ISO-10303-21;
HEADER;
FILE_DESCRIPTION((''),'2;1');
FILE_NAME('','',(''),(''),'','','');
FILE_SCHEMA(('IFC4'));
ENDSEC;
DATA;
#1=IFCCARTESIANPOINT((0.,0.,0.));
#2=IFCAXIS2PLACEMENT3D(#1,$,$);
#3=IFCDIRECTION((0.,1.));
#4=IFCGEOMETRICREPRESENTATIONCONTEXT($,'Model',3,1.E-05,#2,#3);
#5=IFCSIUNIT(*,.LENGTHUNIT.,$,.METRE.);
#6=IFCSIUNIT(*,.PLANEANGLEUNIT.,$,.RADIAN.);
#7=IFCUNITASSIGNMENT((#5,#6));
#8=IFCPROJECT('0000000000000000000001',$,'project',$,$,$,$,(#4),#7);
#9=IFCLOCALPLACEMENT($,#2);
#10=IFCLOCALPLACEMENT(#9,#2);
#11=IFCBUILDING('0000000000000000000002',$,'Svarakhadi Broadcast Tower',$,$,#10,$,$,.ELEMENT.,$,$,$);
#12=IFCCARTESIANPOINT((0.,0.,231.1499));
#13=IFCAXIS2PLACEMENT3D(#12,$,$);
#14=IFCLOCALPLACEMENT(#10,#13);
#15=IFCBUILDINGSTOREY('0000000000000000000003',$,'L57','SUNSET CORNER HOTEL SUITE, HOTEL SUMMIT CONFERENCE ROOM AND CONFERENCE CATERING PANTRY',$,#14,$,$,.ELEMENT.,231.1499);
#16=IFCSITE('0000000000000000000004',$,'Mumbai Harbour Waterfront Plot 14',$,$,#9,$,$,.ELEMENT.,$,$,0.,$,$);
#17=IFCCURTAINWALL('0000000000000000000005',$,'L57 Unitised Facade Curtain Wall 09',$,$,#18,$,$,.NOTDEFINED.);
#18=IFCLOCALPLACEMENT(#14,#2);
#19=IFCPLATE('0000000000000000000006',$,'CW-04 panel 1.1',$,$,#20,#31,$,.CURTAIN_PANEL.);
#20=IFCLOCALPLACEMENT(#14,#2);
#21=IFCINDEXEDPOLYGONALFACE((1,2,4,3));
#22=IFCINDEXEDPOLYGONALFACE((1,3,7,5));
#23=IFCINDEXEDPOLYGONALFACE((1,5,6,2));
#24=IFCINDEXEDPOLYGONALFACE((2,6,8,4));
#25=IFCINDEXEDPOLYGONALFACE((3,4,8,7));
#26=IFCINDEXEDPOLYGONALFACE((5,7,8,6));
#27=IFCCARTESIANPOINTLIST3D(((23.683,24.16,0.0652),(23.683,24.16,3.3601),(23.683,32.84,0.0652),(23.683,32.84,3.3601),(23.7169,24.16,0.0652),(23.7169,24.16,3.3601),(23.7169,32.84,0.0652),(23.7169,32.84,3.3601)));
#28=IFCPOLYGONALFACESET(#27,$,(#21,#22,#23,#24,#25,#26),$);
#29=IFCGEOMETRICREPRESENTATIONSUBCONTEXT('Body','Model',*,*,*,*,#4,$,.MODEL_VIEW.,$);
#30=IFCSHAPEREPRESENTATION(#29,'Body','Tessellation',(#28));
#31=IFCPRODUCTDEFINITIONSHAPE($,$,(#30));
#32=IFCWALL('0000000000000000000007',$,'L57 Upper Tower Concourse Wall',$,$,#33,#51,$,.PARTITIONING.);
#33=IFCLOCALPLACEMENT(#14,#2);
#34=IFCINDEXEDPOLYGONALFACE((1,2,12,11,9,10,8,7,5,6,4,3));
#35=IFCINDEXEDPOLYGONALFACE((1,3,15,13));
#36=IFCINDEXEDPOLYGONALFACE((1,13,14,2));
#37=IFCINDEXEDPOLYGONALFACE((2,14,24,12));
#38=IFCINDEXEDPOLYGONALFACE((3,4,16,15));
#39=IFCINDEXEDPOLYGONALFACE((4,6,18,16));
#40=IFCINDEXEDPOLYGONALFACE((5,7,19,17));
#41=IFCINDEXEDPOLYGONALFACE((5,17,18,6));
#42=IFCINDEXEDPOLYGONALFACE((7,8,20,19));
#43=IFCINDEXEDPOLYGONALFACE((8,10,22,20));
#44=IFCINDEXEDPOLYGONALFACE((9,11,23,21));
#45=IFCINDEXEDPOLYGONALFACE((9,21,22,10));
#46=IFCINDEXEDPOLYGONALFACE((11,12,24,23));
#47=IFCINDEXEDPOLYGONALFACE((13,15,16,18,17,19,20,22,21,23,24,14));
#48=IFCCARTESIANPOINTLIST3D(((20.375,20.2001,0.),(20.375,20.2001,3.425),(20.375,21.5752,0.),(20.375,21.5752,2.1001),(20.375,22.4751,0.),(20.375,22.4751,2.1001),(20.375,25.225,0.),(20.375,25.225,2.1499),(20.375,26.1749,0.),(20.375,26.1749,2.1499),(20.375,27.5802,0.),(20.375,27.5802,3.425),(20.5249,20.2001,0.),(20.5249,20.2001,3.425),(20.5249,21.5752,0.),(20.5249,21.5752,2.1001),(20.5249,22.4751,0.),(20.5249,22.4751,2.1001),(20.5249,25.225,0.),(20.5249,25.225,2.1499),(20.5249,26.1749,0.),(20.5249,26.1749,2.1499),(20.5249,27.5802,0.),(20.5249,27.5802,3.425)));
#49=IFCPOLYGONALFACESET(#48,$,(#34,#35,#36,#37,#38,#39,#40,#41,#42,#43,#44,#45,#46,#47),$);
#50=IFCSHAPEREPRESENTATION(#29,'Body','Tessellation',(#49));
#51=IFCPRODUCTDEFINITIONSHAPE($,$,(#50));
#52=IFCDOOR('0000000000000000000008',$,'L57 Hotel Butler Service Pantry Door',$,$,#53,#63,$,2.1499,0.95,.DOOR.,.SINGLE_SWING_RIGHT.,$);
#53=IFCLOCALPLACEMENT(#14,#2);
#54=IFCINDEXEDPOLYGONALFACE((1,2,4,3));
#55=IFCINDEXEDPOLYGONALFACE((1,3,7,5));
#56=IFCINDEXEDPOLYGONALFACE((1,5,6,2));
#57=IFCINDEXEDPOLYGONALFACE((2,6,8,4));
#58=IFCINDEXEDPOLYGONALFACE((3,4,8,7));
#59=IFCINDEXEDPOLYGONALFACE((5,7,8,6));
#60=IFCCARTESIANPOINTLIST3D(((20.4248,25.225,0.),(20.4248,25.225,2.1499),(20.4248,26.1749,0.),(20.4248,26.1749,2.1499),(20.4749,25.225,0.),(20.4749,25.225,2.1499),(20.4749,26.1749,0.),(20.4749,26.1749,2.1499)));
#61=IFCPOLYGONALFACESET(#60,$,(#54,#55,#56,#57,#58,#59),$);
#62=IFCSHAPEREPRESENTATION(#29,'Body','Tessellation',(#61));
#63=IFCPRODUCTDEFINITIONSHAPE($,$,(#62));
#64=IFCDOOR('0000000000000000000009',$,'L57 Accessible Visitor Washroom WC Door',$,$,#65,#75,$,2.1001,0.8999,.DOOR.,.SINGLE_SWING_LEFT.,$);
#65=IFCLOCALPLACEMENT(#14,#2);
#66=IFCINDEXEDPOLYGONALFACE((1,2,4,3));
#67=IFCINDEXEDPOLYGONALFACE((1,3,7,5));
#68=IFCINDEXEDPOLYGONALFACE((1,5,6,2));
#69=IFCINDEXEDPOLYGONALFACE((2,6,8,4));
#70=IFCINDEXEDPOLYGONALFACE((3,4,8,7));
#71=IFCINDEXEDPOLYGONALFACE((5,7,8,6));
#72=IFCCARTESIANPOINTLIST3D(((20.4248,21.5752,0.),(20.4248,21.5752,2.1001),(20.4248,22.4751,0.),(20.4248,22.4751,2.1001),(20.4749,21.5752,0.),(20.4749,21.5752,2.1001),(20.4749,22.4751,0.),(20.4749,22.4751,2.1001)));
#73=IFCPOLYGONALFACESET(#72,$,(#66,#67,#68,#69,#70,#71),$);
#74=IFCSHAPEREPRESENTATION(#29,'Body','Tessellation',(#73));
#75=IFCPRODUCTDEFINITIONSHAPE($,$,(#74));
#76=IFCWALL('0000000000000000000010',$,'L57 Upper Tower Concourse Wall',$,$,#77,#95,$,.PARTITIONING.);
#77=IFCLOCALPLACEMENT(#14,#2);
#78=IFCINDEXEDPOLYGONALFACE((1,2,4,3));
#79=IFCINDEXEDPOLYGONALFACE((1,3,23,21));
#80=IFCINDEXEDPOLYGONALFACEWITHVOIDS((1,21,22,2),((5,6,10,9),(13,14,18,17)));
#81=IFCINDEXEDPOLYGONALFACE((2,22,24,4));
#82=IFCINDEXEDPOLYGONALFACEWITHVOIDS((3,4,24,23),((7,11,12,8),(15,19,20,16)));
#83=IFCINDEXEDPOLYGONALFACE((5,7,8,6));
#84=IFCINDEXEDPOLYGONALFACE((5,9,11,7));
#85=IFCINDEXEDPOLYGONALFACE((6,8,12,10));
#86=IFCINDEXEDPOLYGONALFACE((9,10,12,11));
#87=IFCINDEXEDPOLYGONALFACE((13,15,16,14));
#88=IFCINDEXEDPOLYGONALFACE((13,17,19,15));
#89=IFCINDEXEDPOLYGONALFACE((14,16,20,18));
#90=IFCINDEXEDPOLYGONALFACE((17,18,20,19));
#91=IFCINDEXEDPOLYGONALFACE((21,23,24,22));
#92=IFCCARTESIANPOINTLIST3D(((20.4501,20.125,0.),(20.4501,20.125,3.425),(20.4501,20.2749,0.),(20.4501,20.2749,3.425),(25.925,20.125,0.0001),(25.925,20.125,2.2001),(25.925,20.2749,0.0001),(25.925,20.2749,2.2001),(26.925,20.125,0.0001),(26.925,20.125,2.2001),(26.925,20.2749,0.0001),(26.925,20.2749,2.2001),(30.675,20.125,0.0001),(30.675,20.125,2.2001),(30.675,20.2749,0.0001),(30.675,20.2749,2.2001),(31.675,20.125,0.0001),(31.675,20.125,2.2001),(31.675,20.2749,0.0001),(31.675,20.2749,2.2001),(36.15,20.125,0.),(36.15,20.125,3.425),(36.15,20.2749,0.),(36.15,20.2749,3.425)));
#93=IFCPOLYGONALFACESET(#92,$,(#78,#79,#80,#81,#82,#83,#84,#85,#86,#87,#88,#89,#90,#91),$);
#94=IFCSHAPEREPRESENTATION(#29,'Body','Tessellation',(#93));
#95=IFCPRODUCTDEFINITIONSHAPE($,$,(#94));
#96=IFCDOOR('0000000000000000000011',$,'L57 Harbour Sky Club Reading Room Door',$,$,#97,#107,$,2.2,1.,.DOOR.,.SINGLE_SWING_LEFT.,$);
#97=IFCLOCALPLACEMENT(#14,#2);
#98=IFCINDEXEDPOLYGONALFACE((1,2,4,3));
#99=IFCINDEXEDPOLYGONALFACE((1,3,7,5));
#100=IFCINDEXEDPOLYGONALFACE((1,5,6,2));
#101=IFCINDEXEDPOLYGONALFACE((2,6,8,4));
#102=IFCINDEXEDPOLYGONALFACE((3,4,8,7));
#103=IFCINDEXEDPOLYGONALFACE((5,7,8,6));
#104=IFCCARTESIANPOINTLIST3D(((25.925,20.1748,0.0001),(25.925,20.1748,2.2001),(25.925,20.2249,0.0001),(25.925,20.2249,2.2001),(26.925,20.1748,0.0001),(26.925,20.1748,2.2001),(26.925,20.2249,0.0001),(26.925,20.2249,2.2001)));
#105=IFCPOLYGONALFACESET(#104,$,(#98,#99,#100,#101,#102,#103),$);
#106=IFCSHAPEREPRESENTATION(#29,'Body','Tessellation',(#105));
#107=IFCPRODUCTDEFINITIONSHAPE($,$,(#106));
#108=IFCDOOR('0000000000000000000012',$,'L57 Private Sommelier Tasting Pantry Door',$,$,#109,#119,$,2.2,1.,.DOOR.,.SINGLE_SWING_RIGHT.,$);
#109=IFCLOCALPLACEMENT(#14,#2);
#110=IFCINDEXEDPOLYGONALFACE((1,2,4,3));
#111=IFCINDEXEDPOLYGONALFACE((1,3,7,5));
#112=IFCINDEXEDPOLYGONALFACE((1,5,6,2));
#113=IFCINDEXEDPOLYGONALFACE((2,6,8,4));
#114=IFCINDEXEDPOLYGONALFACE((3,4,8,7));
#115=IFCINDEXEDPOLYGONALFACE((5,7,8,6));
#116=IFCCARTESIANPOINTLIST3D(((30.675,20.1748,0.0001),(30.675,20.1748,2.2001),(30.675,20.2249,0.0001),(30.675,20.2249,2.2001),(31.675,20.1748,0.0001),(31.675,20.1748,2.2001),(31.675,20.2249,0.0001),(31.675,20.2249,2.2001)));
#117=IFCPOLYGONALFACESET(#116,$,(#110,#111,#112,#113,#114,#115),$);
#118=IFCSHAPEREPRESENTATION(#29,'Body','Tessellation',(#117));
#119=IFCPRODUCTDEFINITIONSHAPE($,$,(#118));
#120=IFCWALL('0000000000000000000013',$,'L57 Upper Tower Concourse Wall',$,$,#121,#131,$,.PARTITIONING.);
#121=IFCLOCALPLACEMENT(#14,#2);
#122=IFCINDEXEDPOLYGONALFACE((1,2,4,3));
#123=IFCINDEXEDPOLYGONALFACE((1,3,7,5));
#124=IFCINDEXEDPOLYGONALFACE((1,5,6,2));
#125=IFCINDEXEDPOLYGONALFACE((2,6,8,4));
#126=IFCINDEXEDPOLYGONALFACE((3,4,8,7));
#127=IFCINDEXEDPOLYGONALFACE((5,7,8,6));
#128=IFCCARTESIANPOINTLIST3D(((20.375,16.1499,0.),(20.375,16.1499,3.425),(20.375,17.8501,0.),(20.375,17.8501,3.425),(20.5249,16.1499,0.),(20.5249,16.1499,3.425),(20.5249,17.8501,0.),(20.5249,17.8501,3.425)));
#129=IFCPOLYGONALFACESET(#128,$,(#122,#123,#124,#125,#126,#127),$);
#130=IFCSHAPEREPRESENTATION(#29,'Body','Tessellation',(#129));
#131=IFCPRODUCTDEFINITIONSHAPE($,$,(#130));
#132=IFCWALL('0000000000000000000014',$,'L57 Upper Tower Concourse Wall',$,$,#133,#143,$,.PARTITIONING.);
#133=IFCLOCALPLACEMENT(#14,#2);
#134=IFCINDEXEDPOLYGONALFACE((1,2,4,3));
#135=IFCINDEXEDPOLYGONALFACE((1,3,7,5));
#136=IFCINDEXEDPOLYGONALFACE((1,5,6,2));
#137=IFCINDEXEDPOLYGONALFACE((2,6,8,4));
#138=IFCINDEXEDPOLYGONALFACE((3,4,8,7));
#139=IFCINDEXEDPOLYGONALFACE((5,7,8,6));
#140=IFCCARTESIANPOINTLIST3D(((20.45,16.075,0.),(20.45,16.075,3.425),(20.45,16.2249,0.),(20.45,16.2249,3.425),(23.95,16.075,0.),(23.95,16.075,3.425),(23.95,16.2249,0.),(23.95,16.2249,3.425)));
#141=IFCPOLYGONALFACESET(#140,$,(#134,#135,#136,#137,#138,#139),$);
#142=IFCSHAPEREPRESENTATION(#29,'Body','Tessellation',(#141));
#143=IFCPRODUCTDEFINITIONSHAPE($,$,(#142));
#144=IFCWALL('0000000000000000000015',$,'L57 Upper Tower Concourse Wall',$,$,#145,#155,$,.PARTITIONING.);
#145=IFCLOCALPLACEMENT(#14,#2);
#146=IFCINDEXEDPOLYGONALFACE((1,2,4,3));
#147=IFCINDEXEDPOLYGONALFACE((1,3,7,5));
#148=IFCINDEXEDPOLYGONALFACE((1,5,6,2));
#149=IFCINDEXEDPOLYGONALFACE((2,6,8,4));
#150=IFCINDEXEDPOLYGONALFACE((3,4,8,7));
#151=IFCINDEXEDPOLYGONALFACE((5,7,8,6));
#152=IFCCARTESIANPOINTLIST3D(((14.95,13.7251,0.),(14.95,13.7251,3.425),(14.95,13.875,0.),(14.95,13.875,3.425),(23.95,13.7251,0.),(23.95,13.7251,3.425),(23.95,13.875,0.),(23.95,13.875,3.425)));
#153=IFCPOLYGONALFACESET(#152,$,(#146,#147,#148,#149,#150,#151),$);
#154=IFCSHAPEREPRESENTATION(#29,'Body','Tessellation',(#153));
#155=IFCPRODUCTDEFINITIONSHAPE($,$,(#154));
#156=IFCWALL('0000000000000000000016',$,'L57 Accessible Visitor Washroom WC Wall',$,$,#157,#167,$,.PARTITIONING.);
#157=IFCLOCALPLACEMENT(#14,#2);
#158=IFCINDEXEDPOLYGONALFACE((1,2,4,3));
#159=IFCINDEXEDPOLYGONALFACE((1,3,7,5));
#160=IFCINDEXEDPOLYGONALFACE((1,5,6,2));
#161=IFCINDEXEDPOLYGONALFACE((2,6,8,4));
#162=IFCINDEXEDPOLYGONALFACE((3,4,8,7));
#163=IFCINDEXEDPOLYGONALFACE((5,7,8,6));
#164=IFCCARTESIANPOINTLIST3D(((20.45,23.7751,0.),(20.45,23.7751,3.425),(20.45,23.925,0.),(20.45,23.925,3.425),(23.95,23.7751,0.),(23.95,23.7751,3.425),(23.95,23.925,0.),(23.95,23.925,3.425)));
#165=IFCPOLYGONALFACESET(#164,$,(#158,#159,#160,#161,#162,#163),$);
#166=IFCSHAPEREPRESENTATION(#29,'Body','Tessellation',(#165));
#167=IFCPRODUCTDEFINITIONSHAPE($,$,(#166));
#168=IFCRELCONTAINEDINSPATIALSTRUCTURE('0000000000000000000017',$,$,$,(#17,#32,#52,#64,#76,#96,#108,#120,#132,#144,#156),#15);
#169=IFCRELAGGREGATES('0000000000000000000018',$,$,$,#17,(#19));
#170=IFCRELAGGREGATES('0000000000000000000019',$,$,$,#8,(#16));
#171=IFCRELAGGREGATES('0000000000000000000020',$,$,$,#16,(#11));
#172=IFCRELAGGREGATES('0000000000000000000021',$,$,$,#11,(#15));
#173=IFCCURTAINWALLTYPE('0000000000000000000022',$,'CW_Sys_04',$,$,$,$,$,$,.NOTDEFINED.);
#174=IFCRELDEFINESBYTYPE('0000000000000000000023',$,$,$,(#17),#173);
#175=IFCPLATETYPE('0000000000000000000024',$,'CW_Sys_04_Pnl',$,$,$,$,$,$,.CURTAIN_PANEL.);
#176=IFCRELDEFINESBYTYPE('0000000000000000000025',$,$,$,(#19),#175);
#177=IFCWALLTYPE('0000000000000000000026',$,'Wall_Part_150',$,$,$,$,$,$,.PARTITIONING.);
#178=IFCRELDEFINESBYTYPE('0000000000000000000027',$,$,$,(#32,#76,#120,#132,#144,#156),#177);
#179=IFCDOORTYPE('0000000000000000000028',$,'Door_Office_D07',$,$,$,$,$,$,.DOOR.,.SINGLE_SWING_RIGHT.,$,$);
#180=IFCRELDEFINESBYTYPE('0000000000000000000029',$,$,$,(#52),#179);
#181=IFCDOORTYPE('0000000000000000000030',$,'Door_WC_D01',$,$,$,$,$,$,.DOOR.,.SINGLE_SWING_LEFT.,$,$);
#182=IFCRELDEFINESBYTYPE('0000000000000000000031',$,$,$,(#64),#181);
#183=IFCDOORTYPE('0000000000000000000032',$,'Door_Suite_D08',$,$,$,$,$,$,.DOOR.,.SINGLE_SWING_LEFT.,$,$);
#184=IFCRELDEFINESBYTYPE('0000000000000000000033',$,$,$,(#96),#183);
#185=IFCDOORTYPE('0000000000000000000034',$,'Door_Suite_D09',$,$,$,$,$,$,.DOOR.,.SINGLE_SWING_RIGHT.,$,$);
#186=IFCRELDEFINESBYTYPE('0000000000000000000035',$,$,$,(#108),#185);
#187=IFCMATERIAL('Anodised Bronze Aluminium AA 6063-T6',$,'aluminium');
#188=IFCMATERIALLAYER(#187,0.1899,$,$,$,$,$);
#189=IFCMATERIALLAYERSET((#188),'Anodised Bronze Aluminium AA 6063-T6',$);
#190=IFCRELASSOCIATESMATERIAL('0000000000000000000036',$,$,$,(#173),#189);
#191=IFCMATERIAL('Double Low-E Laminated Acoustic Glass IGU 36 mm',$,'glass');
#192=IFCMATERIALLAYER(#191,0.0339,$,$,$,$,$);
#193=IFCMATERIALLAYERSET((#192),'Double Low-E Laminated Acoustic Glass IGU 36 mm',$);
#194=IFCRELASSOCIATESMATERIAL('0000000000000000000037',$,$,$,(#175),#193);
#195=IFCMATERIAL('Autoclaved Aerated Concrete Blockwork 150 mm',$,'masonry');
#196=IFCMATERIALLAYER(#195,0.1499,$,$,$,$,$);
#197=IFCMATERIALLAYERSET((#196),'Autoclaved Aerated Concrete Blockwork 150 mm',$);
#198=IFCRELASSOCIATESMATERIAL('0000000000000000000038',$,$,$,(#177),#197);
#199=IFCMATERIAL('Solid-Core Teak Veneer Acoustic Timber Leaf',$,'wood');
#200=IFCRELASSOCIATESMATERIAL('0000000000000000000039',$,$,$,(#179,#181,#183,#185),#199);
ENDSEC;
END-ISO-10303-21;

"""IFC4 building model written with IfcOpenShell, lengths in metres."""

from ifc_helpers import new_model, si_unit, direction, frame, frame_2d, origin, origin_2d, place, context, subcontext, project, spatial, rectangle, extrude, material, layer, layer_set, type_object, element, fill, aggregate, save


model = new_model("IFC4")

# Units and contexts
model_context = context("Model", 3, precision=1e-05, world=origin(), true_north=direction((0.0, 1.0)))
body_context = subcontext(model_context, "Body", "Model", "MODEL_VIEW")
ifc_project = project(units=[si_unit("LENGTHUNIT", "METRE"), si_unit("PLANEANGLEUNIT", "RADIAN")], contexts=[model_context])

# Site, building, storey
site_placement = place(None, origin())
site = spatial("IfcSite", under=ifc_project, at=site_placement, Name="Mumbai Harbour Waterfront Plot 14", CompositionType="ELEMENT", RefElevation=0.0)
building_placement = place(site_placement, origin())
building = spatial("IfcBuilding", under=site, at=building_placement, Name="Svarakhadi Broadcast Tower", CompositionType="ELEMENT")
storey_placement = place(building_placement, frame((0.0, 0.0, 231.1499)))
storey = spatial("IfcBuildingStorey", under=building, at=storey_placement, Name="L57", Description="SUNSET CORNER HOTEL SUITE, HOTEL SUMMIT CONFERENCE ROOM AND CONFERENCE CATERING PANTRY", CompositionType="ELEMENT", Elevation=231.1499)

# Curtain wall
ifc_material_1 = material(Name="Anodised Bronze Aluminium AA 6063-T6", Category="aluminium")
ifc_layer_1 = layer(ifc_material_1, 0.1899)
ifc_layer_set_1 = layer_set([ifc_layer_1], Name="Anodised Bronze Aluminium AA 6063-T6")
curtain_wall_type = type_object("IfcCurtainWallType", Name="CW_Sys_04", PredefinedType="NOTDEFINED", material=ifc_layer_set_1)
curtain_wall_1_placement = place(storey_placement, origin())
curtain_wall_1 = element("IfcCurtainWall", 1, at=curtain_wall_1_placement, inside=storey, type_object=curtain_wall_type, Name="L57 Unitised Facade Curtain Wall 09", PredefinedType="NOTDEFINED")

# Plate
ifc_material_2 = material(Name="Double Low-E Laminated Acoustic Glass IGU 36 mm", Category="glass")
ifc_layer_2 = layer(ifc_material_2, 0.0339)
ifc_layer_set_2 = layer_set([ifc_layer_2], Name="Double Low-E Laminated Acoustic Glass IGU 36 mm")
plate_type = type_object("IfcPlateType", Name="CW_Sys_04_Pnl", PredefinedType="CURTAIN_PANEL", material=ifc_layer_set_2)
plate_placement = place(storey_placement, frame((23.7, 28.5, 0.0652), z_axis=(0.0, 0.0, 1.0), x_axis=(0.0, -1.0, 0.0)))
plate = element("IfcPlate", 2, at=plate_placement, type_object=plate_type, Name="CW-04 panel 1.1", PredefinedType="CURTAIN_PANEL", context=body_context, shape_type="SweptSolid", body=[
    extrude(rectangle(XDim=8.6799, YDim=0.0339, at=origin_2d()), origin(), (0.0, 0.0, 1.0), 3.2949),
])
aggregate(curtain_wall_1, [plate])

# Walls, openings, doors
ifc_material_3 = material(Name="Autoclaved Aerated Concrete Blockwork 150 mm", Category="masonry")
ifc_layer_3 = layer(ifc_material_3, 0.1499)
ifc_layer_set_3 = layer_set([ifc_layer_3], Name="Autoclaved Aerated Concrete Blockwork 150 mm")
wall_type_1 = type_object("IfcWallType", Name="Wall_Part_150", PredefinedType="PARTITIONING", material=ifc_layer_set_3)
wall_1_placement = place(storey_placement, frame((20.45, 27.5801, 0.0), z_axis=(0.0, 0.0, 1.0), x_axis=(0.0, -1.0, 0.0)))
wall_1 = element("IfcWall", 3, at=wall_1_placement, inside=storey, type_object=wall_type_1, Name="L57 Upper Tower Concourse Wall", PredefinedType="PARTITIONING", context=body_context, shape_type="SweptSolid", body=[
    extrude(rectangle(XDim=7.3801, YDim=0.1499, at=frame_2d((3.6899, 0.0))), origin(), (0.0, 0.0, 1.0), 3.425),
])
opening_1_placement = place(wall_1_placement, frame((5.105, 0.0, 0.0)))
opening_1 = element("IfcOpeningElement", 4, at=opening_1_placement, cuts=wall_1, PredefinedType="OPENING", context=body_context, shape_type="SweptSolid", body=[
    extrude(rectangle(XDim=0.8999, YDim=2.1001, at=frame_2d((0.45, 1.05))), frame((0.0, 0.085, 0.0), z_axis=(0.0, -1.0, 0.0), x_axis=(1.0, 0.0, 0.0)), (0.0, 0.0, 1.0), 0.1699),
])
opening_2_placement = place(wall_1_placement, frame((1.405, 0.0, 0.0)))
opening_2 = element("IfcOpeningElement", 5, at=opening_2_placement, cuts=wall_1, PredefinedType="OPENING", context=body_context, shape_type="SweptSolid", body=[
    extrude(rectangle(XDim=0.95, YDim=2.1499, at=frame_2d((0.4751, 1.075))), frame((0.0, 0.085, 0.0), z_axis=(0.0, -1.0, 0.0), x_axis=(1.0, 0.0, 0.0)), (0.0, 0.0, 1.0), 0.1699),
])
ifc_material_4 = material(Name="Solid-Core Teak Veneer Acoustic Timber Leaf", Category="wood")
door_type_1 = type_object("IfcDoorType", Name="Door_Office_D07", OperationType="SINGLE_SWING_RIGHT", PredefinedType="DOOR", material=ifc_material_4)
door_1_placement = place(opening_2_placement, origin())
door_1 = element("IfcDoor", 6, at=door_1_placement, inside=storey, type_object=door_type_1, Name="L57 Hotel Butler Service Pantry Door", OperationType="SINGLE_SWING_RIGHT", OverallHeight=2.1499, OverallWidth=0.95, PredefinedType="DOOR", context=body_context, shape_type="SweptSolid", body=[
    extrude(rectangle(XDim=0.95, YDim=2.1499, at=frame_2d((0.4751, 1.075))), frame((0.0, 0.0249, 0.0), z_axis=(0.0, -1.0, 0.0), x_axis=(1.0, 0.0, 0.0)), (0.0, 0.0, 1.0), 0.05),
])
fill(opening_2, door_1)
door_type_2 = type_object("IfcDoorType", Name="Door_WC_D01", OperationType="SINGLE_SWING_LEFT", PredefinedType="DOOR", material=ifc_material_4)
door_2_placement = place(opening_1_placement, origin())
door_2 = element("IfcDoor", 7, at=door_2_placement, inside=storey, type_object=door_type_2, Name="L57 Accessible Visitor Washroom WC Door", OperationType="SINGLE_SWING_LEFT", OverallHeight=2.1001, OverallWidth=0.8999, PredefinedType="DOOR", context=body_context, shape_type="SweptSolid", body=[
    extrude(rectangle(XDim=0.8999, YDim=2.1001, at=frame_2d((0.45, 1.05))), frame((0.0, 0.0249, 0.0), z_axis=(0.0, -1.0, 0.0), x_axis=(1.0, 0.0, 0.0)), (0.0, 0.0, 1.0), 0.05),
])
fill(opening_1, door_2)
wall_2_placement = place(storey_placement, frame((20.45, 20.2, 0.0), z_axis=(0.0, 0.0, 1.0), x_axis=(1.0, 0.0, 0.0)))
wall_2 = element("IfcWall", 8, at=wall_2_placement, inside=storey, type_object=wall_type_1, Name="L57 Upper Tower Concourse Wall", PredefinedType="PARTITIONING", context=body_context, shape_type="SweptSolid", body=[
    extrude(rectangle(XDim=15.7, YDim=0.1499, at=frame_2d((7.8501, 0.0))), origin(), (0.0, 0.0, 1.0), 3.425),
])
opening_3_placement = place(wall_2_placement, frame((5.4751, 0.0, 0.0)))
opening_3 = element("IfcOpeningElement", 9, at=opening_3_placement, cuts=wall_2, PredefinedType="OPENING", context=body_context, shape_type="SweptSolid", body=[
    extrude(rectangle(XDim=1.0, YDim=2.2, at=frame_2d((0.5, 1.1001))), frame((0.0, 0.085, 0.0), z_axis=(0.0, -1.0, 0.0), x_axis=(1.0, 0.0, 0.0)), (0.0, 0.0, 1.0), 0.1699),
])
opening_4_placement = place(wall_2_placement, frame((10.2251, 0.0, 0.0)))
opening_4 = element("IfcOpeningElement", 10, at=opening_4_placement, cuts=wall_2, PredefinedType="OPENING", context=body_context, shape_type="SweptSolid", body=[
    extrude(rectangle(XDim=1.0, YDim=2.2, at=frame_2d((0.5, 1.1001))), frame((0.0, 0.085, 0.0), z_axis=(0.0, -1.0, 0.0), x_axis=(1.0, 0.0, 0.0)), (0.0, 0.0, 1.0), 0.1699),
])
door_type_3 = type_object("IfcDoorType", Name="Door_Suite_D08", OperationType="SINGLE_SWING_LEFT", PredefinedType="DOOR", material=ifc_material_4)
door_3_placement = place(opening_3_placement, origin())
door_3 = element("IfcDoor", 11, at=door_3_placement, inside=storey, type_object=door_type_3, Name="L57 Harbour Sky Club Reading Room Door", OperationType="SINGLE_SWING_LEFT", OverallHeight=2.2, OverallWidth=1.0, PredefinedType="DOOR", context=body_context, shape_type="SweptSolid", body=[
    extrude(rectangle(XDim=1.0, YDim=2.2, at=frame_2d((0.5, 1.1001))), frame((0.0, 0.0249, 0.0), z_axis=(0.0, -1.0, 0.0), x_axis=(1.0, 0.0, 0.0)), (0.0, 0.0, 1.0), 0.05),
])
fill(opening_3, door_3)
door_type_4 = type_object("IfcDoorType", Name="Door_Suite_D09", OperationType="SINGLE_SWING_RIGHT", PredefinedType="DOOR", material=ifc_material_4)
door_4_placement = place(opening_4_placement, origin())
door_4 = element("IfcDoor", 12, at=door_4_placement, inside=storey, type_object=door_type_4, Name="L57 Private Sommelier Tasting Pantry Door", OperationType="SINGLE_SWING_RIGHT", OverallHeight=2.2, OverallWidth=1.0, PredefinedType="DOOR", context=body_context, shape_type="SweptSolid", body=[
    extrude(rectangle(XDim=1.0, YDim=2.2, at=frame_2d((0.5, 1.1001))), frame((0.0, 0.0249, 0.0), z_axis=(0.0, -1.0, 0.0), x_axis=(1.0, 0.0, 0.0)), (0.0, 0.0, 1.0), 0.05),
])
fill(opening_4, door_4)

# Walls
wall_3_placement = place(storey_placement, frame((20.45, 17.8501, 0.0), z_axis=(0.0, 0.0, 1.0), x_axis=(0.0, -1.0, 0.0)))
element("IfcWall", 13, at=wall_3_placement, inside=storey, type_object=wall_type_1, Name="L57 Upper Tower Concourse Wall", PredefinedType="PARTITIONING", context=body_context, shape_type="SweptSolid", body=[
    extrude(rectangle(XDim=1.7002, YDim=0.1499, at=frame_2d((0.8501, 0.0))), origin(), (0.0, 0.0, 1.0), 3.425),
])
wall_4_placement = place(storey_placement, frame((20.45, 16.1499, 0.0), z_axis=(0.0, 0.0, 1.0), x_axis=(1.0, 0.0, 0.0)))
element("IfcWall", 14, at=wall_4_placement, inside=storey, type_object=wall_type_1, Name="L57 Upper Tower Concourse Wall", PredefinedType="PARTITIONING", context=body_context, shape_type="SweptSolid", body=[
    extrude(rectangle(XDim=3.5, YDim=0.1499, at=frame_2d((1.75, 0.0))), origin(), (0.0, 0.0, 1.0), 3.425),
])
wall_5_placement = place(storey_placement, frame((23.95, 13.8, 0.0), z_axis=(0.0, 0.0, 1.0), x_axis=(-1.0, 0.0, 0.0)))
element("IfcWall", 15, at=wall_5_placement, inside=storey, type_object=wall_type_1, Name="L57 Upper Tower Concourse Wall", PredefinedType="PARTITIONING", context=body_context, shape_type="SweptSolid", body=[
    extrude(rectangle(XDim=9.0, YDim=0.1499, at=frame_2d((4.5, 0.0))), origin(), (0.0, 0.0, 1.0), 3.425),
])
wall_6_placement = place(storey_placement, frame((20.45, 23.8501, 0.0), z_axis=(0.0, 0.0, 1.0), x_axis=(1.0, 0.0, 0.0)))
element("IfcWall", 16, at=wall_6_placement, inside=storey, type_object=wall_type_1, Name="L57 Accessible Visitor Washroom WC Wall", PredefinedType="PARTITIONING", context=body_context, shape_type="SweptSolid", body=[
    extrude(rectangle(XDim=3.5, YDim=0.1499, at=frame_2d((1.75, 0.0))), origin(), (0.0, 0.0, 1.0), 3.425),
])

save(model, "model.ifc")
